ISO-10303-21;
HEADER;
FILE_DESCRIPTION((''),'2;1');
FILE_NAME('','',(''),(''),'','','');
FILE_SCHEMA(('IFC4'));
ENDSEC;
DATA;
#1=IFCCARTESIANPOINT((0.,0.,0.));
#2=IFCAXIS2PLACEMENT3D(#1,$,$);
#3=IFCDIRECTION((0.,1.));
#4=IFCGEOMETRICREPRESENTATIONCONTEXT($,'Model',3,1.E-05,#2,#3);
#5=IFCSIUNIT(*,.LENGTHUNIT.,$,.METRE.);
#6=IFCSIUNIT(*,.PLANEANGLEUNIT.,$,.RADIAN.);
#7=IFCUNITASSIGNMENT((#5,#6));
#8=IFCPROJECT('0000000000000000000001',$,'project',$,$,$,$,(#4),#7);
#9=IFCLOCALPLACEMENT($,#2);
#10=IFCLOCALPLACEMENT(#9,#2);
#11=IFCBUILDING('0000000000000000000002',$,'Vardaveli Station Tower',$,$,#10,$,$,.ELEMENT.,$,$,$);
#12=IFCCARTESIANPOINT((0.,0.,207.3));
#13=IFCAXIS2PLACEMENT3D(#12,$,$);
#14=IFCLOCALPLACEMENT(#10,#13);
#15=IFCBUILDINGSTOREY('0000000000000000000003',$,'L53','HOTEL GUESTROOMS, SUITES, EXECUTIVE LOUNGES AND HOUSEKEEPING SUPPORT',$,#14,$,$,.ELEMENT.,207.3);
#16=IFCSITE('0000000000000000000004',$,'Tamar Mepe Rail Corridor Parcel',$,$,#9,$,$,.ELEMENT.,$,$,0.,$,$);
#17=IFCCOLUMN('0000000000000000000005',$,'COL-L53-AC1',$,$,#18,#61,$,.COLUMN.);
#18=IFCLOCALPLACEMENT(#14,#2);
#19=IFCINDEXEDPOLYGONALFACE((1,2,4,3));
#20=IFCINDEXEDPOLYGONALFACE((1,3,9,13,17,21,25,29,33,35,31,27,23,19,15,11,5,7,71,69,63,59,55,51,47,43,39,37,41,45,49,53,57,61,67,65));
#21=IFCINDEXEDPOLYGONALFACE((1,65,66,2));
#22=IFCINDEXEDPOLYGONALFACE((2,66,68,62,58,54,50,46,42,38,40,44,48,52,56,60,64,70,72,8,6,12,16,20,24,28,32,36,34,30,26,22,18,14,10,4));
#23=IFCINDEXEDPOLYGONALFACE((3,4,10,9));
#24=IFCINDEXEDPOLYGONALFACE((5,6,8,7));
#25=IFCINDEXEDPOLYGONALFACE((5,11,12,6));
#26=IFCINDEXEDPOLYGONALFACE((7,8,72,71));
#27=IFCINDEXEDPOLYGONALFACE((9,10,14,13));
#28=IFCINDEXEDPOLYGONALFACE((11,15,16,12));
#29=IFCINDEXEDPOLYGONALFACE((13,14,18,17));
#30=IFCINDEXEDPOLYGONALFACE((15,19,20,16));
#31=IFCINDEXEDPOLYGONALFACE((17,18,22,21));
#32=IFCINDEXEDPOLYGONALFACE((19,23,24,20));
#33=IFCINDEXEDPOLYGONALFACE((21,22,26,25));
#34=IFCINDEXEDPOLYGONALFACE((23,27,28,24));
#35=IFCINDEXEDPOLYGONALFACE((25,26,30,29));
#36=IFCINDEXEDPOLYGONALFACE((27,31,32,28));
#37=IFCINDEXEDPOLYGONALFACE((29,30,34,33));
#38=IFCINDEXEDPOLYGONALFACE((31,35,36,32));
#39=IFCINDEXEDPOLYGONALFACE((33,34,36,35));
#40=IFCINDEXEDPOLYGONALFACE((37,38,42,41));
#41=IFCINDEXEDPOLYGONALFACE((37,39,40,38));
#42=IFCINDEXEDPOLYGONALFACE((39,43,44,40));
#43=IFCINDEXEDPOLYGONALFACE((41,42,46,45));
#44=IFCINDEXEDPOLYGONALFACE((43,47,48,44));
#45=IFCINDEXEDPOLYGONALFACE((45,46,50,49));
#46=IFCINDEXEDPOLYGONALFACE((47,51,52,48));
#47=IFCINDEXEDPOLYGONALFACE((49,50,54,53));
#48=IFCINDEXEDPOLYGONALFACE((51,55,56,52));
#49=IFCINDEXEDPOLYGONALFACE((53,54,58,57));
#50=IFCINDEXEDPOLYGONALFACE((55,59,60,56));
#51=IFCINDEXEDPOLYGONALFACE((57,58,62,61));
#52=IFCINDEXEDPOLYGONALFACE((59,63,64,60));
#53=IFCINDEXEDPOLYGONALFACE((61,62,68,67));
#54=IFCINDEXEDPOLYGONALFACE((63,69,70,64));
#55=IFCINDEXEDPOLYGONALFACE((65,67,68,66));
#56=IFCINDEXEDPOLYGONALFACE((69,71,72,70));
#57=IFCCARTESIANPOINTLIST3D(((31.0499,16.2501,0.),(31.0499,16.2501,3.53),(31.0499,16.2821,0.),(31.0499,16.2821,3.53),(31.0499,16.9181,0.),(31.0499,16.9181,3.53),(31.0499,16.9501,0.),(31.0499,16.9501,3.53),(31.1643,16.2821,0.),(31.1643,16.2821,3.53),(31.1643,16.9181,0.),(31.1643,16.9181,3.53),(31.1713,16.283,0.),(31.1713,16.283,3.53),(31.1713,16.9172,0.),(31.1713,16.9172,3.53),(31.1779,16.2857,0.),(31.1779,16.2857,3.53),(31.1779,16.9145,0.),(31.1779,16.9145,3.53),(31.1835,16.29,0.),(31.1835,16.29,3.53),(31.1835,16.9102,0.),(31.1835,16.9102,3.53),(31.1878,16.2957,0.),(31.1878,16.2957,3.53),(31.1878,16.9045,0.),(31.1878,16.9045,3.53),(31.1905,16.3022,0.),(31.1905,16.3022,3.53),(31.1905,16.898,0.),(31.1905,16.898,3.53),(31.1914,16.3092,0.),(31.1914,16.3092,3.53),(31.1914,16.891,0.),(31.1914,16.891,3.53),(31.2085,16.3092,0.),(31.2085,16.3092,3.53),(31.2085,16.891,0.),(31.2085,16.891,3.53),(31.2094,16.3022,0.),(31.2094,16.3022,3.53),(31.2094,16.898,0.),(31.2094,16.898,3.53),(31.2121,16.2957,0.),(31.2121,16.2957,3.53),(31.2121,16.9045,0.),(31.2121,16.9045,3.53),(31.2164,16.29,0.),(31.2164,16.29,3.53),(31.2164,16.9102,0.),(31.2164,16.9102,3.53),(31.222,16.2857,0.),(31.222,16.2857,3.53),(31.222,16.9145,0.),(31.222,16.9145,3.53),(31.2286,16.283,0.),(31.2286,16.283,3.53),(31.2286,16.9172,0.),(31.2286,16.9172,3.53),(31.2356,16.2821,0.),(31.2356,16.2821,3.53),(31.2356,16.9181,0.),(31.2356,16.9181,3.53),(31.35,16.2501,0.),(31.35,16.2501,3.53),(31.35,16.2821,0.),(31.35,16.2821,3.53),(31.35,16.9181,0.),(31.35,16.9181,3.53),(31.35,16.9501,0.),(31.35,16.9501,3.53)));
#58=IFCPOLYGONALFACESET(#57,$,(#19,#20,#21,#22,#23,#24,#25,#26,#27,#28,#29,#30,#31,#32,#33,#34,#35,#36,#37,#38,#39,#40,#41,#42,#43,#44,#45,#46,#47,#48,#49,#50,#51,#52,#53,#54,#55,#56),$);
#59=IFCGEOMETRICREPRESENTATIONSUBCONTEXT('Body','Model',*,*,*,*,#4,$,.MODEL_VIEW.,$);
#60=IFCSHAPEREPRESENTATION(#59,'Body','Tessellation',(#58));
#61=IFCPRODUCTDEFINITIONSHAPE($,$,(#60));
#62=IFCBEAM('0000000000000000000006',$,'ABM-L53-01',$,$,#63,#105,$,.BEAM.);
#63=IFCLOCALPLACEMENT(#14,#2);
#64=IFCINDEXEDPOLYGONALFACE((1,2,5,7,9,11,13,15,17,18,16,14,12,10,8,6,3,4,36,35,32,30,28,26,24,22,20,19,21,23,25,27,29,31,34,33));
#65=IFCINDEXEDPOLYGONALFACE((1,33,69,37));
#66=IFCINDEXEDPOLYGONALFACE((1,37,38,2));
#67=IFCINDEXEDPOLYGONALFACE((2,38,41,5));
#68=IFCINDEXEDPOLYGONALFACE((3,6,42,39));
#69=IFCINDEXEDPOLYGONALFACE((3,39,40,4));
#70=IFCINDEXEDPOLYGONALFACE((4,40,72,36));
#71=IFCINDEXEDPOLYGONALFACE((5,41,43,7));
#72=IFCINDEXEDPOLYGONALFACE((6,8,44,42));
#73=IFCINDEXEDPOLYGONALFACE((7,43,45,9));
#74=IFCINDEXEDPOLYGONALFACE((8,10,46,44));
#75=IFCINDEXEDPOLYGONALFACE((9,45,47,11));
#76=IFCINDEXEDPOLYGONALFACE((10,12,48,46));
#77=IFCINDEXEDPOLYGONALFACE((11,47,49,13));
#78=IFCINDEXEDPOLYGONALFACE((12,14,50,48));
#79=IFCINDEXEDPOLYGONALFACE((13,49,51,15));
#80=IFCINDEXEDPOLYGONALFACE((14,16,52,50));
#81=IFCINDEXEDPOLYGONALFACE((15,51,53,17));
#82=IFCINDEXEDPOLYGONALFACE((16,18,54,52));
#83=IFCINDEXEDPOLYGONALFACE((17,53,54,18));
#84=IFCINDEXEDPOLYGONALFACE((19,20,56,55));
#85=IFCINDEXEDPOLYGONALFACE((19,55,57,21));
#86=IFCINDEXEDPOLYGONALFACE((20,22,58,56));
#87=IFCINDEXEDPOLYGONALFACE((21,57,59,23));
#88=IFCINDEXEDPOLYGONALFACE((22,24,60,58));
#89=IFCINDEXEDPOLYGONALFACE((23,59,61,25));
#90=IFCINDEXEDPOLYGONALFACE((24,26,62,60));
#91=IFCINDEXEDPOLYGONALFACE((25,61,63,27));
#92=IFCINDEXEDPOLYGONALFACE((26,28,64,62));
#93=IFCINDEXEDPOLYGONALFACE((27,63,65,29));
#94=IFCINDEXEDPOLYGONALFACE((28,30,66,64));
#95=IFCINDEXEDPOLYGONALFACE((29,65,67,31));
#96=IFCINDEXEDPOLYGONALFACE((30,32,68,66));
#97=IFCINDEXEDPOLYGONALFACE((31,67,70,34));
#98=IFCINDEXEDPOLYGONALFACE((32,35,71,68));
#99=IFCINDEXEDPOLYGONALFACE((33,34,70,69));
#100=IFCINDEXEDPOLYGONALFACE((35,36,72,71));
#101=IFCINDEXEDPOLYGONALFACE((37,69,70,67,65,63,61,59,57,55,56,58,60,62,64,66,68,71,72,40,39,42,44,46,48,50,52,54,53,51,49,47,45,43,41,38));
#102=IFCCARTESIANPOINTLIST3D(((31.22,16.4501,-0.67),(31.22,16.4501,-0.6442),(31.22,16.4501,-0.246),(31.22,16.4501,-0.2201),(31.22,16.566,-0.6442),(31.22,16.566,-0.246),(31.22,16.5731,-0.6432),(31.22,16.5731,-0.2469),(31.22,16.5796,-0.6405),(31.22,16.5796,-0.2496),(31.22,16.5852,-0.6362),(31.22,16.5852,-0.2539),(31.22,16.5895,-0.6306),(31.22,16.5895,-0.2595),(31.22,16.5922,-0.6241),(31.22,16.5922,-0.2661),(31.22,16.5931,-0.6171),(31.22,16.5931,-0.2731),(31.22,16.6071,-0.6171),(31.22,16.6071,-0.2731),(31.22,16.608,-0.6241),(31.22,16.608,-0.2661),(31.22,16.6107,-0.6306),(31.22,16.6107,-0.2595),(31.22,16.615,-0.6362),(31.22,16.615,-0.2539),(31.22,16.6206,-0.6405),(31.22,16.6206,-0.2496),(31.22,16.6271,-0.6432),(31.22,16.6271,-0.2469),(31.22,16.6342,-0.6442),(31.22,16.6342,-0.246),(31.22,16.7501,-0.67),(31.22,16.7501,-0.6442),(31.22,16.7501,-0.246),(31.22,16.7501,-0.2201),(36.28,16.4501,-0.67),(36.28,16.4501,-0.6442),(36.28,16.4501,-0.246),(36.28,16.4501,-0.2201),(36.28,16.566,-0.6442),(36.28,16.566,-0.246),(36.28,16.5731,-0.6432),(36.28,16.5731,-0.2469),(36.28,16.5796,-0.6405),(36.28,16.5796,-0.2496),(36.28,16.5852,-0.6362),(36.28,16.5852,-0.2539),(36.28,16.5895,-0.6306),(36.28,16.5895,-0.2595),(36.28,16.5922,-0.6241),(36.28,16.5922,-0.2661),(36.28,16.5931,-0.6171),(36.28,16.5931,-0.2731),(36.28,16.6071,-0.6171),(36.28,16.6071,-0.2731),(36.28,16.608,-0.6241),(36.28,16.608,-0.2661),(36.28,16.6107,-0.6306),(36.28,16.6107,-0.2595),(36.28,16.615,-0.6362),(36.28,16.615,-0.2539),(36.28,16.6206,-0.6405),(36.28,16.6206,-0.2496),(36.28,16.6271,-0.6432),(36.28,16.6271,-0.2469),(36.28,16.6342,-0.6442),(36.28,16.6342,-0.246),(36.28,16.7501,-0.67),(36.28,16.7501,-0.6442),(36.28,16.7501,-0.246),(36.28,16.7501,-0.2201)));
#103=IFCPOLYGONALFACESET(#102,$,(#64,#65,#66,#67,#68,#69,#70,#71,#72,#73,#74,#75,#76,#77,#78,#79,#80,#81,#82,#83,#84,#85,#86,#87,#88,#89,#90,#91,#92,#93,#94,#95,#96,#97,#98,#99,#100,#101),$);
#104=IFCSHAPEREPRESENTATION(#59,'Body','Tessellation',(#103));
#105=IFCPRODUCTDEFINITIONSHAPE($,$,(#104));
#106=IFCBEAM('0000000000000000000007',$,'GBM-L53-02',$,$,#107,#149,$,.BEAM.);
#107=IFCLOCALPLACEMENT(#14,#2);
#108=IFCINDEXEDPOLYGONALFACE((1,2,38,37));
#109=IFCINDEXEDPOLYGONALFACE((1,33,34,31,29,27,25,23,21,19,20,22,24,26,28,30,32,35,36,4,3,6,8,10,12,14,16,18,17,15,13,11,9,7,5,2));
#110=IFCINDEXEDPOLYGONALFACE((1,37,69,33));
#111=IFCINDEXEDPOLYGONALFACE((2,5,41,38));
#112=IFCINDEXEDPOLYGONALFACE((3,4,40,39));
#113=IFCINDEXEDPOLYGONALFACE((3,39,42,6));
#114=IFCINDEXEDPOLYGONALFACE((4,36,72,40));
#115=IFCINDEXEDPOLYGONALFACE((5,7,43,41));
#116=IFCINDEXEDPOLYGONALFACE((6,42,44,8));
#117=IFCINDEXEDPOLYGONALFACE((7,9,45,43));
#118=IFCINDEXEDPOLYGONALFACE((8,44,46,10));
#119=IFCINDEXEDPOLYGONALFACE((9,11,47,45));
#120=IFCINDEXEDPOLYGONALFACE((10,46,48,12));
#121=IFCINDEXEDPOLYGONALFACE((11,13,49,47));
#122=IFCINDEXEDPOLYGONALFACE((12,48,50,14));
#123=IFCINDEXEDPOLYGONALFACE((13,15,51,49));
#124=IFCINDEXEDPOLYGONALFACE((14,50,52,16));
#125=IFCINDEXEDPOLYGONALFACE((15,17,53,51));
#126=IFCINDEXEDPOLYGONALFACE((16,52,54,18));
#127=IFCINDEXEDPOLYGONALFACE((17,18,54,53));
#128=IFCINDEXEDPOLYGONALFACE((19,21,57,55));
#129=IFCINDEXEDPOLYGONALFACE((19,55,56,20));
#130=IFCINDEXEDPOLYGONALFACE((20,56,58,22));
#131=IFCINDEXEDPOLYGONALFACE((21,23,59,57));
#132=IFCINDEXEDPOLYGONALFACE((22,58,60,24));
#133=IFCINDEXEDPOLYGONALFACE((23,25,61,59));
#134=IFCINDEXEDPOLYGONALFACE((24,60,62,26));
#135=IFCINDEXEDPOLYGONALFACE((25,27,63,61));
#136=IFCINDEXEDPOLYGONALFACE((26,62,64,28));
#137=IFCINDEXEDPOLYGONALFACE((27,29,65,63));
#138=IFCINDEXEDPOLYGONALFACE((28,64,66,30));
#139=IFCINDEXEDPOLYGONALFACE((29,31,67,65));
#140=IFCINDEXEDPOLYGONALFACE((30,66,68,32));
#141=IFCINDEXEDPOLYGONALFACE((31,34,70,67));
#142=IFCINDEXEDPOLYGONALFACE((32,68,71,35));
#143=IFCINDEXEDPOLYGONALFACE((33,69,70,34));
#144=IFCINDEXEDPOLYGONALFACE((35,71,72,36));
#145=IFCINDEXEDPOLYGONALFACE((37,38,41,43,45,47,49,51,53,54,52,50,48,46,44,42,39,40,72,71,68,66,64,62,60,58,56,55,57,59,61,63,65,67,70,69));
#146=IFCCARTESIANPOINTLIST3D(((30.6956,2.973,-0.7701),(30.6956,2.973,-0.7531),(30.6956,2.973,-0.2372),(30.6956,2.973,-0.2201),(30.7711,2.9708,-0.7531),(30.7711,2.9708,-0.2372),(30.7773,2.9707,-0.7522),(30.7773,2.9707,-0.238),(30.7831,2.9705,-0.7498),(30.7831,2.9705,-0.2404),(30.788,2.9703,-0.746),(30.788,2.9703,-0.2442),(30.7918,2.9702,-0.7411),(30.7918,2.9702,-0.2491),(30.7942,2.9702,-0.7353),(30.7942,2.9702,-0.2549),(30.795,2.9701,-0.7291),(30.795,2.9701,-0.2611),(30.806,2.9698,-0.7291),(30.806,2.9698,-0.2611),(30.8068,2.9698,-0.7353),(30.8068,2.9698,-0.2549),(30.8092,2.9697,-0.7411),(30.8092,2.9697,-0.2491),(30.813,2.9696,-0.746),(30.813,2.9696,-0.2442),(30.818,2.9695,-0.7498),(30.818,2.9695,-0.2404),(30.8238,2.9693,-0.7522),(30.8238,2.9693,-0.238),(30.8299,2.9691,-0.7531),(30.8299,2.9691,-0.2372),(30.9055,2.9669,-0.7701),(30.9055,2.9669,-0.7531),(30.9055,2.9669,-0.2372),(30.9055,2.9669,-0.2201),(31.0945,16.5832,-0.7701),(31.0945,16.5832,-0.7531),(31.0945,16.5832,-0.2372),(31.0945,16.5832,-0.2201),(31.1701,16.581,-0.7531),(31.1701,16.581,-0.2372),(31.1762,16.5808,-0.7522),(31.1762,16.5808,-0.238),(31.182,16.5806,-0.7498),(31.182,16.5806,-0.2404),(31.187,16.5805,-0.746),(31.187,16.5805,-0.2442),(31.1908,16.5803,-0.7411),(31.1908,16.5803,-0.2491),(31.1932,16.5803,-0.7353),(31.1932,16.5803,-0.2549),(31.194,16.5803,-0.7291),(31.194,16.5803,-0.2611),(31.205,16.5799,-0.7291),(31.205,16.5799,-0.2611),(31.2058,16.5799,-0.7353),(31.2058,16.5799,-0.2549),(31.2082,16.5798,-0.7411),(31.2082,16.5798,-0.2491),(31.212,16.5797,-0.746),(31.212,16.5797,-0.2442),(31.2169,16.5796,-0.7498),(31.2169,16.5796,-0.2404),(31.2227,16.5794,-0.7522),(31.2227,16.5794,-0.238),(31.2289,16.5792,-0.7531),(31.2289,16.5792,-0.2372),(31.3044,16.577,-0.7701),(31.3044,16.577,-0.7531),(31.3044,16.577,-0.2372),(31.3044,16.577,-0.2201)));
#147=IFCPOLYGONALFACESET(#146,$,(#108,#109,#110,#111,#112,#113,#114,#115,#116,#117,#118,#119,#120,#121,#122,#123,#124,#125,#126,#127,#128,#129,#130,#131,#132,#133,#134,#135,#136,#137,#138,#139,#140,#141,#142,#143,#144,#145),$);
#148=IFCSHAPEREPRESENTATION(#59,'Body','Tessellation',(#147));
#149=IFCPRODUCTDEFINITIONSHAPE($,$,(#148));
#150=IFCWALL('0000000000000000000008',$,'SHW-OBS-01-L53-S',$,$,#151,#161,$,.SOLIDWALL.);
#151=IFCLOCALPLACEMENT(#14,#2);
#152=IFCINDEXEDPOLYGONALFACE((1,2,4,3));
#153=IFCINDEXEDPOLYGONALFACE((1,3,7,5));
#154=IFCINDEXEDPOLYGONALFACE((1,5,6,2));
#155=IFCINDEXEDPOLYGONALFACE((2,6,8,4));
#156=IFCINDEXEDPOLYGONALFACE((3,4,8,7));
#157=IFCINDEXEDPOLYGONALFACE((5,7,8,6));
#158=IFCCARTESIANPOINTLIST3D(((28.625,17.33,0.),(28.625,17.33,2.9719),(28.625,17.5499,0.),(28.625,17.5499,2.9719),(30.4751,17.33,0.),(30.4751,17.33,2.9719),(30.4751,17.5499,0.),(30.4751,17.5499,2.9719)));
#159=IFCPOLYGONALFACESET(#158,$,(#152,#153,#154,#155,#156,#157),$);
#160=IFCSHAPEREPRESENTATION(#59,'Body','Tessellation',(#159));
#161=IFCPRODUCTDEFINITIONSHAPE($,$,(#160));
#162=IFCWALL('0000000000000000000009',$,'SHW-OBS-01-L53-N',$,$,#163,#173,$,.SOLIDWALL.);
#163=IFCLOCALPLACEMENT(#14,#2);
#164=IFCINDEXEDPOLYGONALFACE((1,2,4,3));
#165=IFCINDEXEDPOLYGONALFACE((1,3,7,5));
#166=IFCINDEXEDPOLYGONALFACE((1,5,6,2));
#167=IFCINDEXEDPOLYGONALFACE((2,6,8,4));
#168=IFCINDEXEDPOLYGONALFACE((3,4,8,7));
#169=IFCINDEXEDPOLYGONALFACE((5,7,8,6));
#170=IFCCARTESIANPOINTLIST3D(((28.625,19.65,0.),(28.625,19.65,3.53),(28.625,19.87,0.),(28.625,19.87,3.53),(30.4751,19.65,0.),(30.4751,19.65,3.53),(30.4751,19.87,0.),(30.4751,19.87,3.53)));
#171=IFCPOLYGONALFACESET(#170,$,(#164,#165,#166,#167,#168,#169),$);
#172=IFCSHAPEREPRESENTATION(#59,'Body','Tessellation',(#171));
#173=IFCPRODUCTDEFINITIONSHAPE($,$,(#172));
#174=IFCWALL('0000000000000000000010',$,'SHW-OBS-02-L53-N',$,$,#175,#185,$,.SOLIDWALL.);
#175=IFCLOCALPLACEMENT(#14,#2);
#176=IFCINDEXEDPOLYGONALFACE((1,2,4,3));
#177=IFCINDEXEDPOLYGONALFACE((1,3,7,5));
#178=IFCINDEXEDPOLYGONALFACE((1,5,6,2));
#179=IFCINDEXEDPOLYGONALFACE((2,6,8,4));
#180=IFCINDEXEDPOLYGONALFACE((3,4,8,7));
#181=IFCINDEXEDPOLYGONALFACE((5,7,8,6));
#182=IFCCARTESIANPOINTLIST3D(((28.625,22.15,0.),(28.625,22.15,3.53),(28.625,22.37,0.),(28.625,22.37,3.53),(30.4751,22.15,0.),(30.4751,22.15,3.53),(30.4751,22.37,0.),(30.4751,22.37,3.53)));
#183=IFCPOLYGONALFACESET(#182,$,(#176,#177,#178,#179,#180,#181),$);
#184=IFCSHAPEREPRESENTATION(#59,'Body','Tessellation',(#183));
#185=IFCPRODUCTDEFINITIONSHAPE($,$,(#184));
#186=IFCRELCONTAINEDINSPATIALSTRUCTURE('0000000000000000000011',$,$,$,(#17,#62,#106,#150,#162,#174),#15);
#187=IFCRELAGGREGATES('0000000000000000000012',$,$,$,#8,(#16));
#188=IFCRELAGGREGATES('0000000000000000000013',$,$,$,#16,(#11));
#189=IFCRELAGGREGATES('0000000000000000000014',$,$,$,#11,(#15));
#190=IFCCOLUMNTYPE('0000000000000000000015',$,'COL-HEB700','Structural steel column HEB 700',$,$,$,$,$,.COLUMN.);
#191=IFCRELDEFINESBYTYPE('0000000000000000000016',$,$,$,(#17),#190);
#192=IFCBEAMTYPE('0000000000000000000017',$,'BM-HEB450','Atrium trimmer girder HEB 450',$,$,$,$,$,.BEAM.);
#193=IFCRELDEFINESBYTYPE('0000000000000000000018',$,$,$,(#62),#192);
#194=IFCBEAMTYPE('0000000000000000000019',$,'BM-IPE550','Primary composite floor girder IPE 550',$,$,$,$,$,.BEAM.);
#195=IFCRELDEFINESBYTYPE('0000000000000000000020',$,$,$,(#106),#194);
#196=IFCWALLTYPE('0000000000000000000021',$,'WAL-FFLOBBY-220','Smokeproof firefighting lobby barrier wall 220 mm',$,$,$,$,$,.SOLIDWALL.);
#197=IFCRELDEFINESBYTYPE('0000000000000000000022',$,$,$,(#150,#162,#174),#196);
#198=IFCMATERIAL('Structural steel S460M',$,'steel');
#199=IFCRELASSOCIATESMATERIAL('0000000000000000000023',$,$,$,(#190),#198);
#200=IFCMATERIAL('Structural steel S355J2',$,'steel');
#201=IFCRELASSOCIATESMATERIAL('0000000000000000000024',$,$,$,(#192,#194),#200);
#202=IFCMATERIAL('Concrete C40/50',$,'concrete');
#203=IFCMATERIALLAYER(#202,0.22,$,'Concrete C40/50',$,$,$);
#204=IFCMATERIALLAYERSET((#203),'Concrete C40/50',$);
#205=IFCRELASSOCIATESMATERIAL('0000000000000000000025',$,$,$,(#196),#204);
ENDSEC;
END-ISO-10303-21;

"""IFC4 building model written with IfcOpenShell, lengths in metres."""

from ifc_helpers import new_model, si_unit, direction, frame, frame_2d, origin, origin_2d, place, context, subcontext, project, spatial, rectangle, i_section, extrude, source, transform, mapped, material, layer, layer_set, material_profile, profile_set, type_object, element, save


model = new_model("IFC4")

# Units and contexts
model_context = context("Model", 3, precision=1e-05, world=origin(), true_north=direction((0.0, 1.0)))
body_context = subcontext(model_context, "Body", "Model", "MODEL_VIEW")
ifc_project = project(units=[si_unit("LENGTHUNIT", "METRE"), si_unit("PLANEANGLEUNIT", "RADIAN")], contexts=[model_context])

# Site, building, storey
site_placement = place(None, origin())
site = spatial("IfcSite", under=ifc_project, at=site_placement, Name="Tamar Mepe Rail Corridor Parcel", CompositionType="ELEMENT", RefElevation=0.0)
building_placement = place(site_placement, origin())
building = spatial("IfcBuilding", under=site, at=building_placement, Name="Vardaveli Station Tower", CompositionType="ELEMENT")
storey_placement = place(building_placement, frame((0.0, 0.0, 207.3)))
storey = spatial("IfcBuildingStorey", under=building, at=storey_placement, Name="L53", Description="HOTEL GUESTROOMS, SUITES, EXECUTIVE LOUNGES AND HOUSEKEEPING SUPPORT", CompositionType="ELEMENT", Elevation=207.3)

# Column
ifc_material_1 = material(Name="Structural steel S460M", Category="steel")
ifc_material_profile_1 = material_profile(ifc_material_1, i_section(OverallWidth=0.3, OverallDepth=0.7, WebThickness=0.0171, FlangeThickness=0.032, FilletRadius=0.0271, at=origin_2d()), Name="HEB 700")
ifc_profile_set_1 = profile_set([ifc_material_profile_1], Name="Structural steel S460M")
column_type = type_object("IfcColumnType", Name="COL-HEB700", Description="Structural steel column HEB 700", PredefinedType="COLUMN", material=ifc_profile_set_1)
shared_shape_1 = source(origin(), body_context, "Body", "SweptSolid", [
    extrude(i_section(OverallWidth=0.3, OverallDepth=0.7, WebThickness=0.0171, FlangeThickness=0.032, FilletRadius=0.0271, at=origin_2d()), origin(), (0.0, 0.0, 1.0), 3.53),
])
column_placement = place(storey_placement, frame((31.2, 16.6001, 0.0), z_axis=(0.0, 0.0, 1.0), x_axis=(1.0, 0.0, 0.0)))
element("IfcColumn", 1, at=column_placement, inside=storey, type_object=column_type, Name="COL-L53-AC1", PredefinedType="COLUMN", context=body_context, shape_type="MappedRepresentation", body=[
    mapped(shared_shape_1, transform((0.0, 0.0, 0.0), scale=1.0)),
])

# Beams
ifc_material_2 = material(Name="Structural steel S355J2", Category="steel")
ifc_material_profile_2 = material_profile(ifc_material_2, i_section(OverallWidth=0.3, OverallDepth=0.45, WebThickness=0.0139, FlangeThickness=0.0259, FilletRadius=0.0271, at=origin_2d()), Name="HEB 450")
ifc_profile_set_2 = profile_set([ifc_material_profile_2], Name="Structural steel S355J2")
beam_type_1 = type_object("IfcBeamType", Name="BM-HEB450", Description="Atrium trimmer girder HEB 450", PredefinedType="BEAM", material=ifc_profile_set_2)
shared_shape_2 = source(origin(), body_context, "Body", "SweptSolid", [
    extrude(i_section(OverallWidth=0.3, OverallDepth=0.45, WebThickness=0.0139, FlangeThickness=0.0259, FilletRadius=0.0271, at=origin_2d()), origin(), (0.0, 0.0, 1.0), 5.0601),
])
beam_1_placement = place(storey_placement, frame((31.22, 16.6001, -0.4451), z_axis=(1.0, 0.0, 0.0), x_axis=(0.0, 1.0, 0.0)))
element("IfcBeam", 2, at=beam_1_placement, inside=storey, type_object=beam_type_1, Name="ABM-L53-01", PredefinedType="BEAM", context=body_context, shape_type="MappedRepresentation", body=[
    mapped(shared_shape_2, transform((0.0, 0.0, 0.0), scale=1.0)),
])
ifc_material_profile_3 = material_profile(ifc_material_2, i_section(OverallWidth=0.21, OverallDepth=0.55, WebThickness=0.011, FlangeThickness=0.0171, FilletRadius=0.0239, at=origin_2d()), Name="IPE 550")
ifc_profile_set_3 = profile_set([ifc_material_profile_3], Name="Structural steel S355J2")
beam_type_2 = type_object("IfcBeamType", Name="BM-IPE550", Description="Primary composite floor girder IPE 550", PredefinedType="BEAM", material=ifc_profile_set_3)
shared_shape_3 = source(origin(), body_context, "Body", "SweptSolid", [
    extrude(i_section(OverallWidth=0.21, OverallDepth=0.55, WebThickness=0.011, FlangeThickness=0.0171, FilletRadius=0.0239, at=origin_2d()), origin(), (0.0, 0.0, 1.0), 13.616),
])
beam_2_placement = place(storey_placement, frame((30.8005, 2.97, -0.4951), z_axis=(0.029298, 0.999571, 0.0), x_axis=(-0.999571, 0.029298, 0.0)))
element("IfcBeam", 3, at=beam_2_placement, inside=storey, type_object=beam_type_2, Name="GBM-L53-02", PredefinedType="BEAM", context=body_context, shape_type="MappedRepresentation", body=[
    mapped(shared_shape_3, transform((0.0, 0.0, 0.0), scale=1.0)),
])

# Walls
ifc_material_3 = material(Name="Concrete C40/50", Category="concrete")
ifc_layer_1 = layer(ifc_material_3, 0.22, Name="Concrete C40/50")
ifc_layer_set_1 = layer_set([ifc_layer_1], Name="Concrete C40/50")
wall_type_1 = type_object("IfcWallType", Name="WAL-FFLOBBY-220", Description="Smokeproof firefighting lobby barrier wall 220 mm", PredefinedType="SOLIDWALL", material=ifc_layer_set_1)
shared_shape_4 = source(origin(), body_context, "Body", "SweptSolid", [
    extrude(rectangle(XDim=1.8501, YDim=0.22, at=frame_2d((0.925, 0.0))), origin(), (0.0, 0.0, 1.0), 2.9719),
])
wall_1_placement = place(storey_placement, frame((28.625, 17.4399, 0.0), z_axis=(0.0, 0.0, 1.0), x_axis=(1.0, 0.0, 0.0)))
element("IfcWall", 4, at=wall_1_placement, inside=storey, type_object=wall_type_1, Name="SHW-OBS-01-L53-S", PredefinedType="SOLIDWALL", context=body_context, shape_type="MappedRepresentation", body=[
    mapped(shared_shape_4, transform((0.0, 0.0, 0.0), scale=1.0)),
])
shared_shape_5 = source(origin(), body_context, "Body", "SweptSolid", [
    extrude(rectangle(XDim=1.8501, YDim=0.22, at=frame_2d((0.925, 0.0))), origin(), (0.0, 0.0, 1.0), 3.53),
])
for number, where, z_axis, x_axis, name in (
    (5, (28.625, 19.76, 0.0), (0.0, 0.0, 1.0), (1.0, 0.0, 0.0), "SHW-OBS-01-L53-N"),
    (6, (28.625, 22.26, 0.0), (0.0, 0.0, 1.0), (1.0, 0.0, 0.0), "SHW-OBS-02-L53-N"),
):
    element("IfcWall", number, at=place(storey_placement, frame(where, z_axis=z_axis, x_axis=x_axis)), inside=storey, type_object=wall_type_1, Name=name, PredefinedType="SOLIDWALL", context=body_context, shape_type="MappedRepresentation", body=[
        mapped(shared_shape_5, transform((0.0, 0.0, 0.0), scale=1.0)),
    ])

save(model, "model.ifc")
